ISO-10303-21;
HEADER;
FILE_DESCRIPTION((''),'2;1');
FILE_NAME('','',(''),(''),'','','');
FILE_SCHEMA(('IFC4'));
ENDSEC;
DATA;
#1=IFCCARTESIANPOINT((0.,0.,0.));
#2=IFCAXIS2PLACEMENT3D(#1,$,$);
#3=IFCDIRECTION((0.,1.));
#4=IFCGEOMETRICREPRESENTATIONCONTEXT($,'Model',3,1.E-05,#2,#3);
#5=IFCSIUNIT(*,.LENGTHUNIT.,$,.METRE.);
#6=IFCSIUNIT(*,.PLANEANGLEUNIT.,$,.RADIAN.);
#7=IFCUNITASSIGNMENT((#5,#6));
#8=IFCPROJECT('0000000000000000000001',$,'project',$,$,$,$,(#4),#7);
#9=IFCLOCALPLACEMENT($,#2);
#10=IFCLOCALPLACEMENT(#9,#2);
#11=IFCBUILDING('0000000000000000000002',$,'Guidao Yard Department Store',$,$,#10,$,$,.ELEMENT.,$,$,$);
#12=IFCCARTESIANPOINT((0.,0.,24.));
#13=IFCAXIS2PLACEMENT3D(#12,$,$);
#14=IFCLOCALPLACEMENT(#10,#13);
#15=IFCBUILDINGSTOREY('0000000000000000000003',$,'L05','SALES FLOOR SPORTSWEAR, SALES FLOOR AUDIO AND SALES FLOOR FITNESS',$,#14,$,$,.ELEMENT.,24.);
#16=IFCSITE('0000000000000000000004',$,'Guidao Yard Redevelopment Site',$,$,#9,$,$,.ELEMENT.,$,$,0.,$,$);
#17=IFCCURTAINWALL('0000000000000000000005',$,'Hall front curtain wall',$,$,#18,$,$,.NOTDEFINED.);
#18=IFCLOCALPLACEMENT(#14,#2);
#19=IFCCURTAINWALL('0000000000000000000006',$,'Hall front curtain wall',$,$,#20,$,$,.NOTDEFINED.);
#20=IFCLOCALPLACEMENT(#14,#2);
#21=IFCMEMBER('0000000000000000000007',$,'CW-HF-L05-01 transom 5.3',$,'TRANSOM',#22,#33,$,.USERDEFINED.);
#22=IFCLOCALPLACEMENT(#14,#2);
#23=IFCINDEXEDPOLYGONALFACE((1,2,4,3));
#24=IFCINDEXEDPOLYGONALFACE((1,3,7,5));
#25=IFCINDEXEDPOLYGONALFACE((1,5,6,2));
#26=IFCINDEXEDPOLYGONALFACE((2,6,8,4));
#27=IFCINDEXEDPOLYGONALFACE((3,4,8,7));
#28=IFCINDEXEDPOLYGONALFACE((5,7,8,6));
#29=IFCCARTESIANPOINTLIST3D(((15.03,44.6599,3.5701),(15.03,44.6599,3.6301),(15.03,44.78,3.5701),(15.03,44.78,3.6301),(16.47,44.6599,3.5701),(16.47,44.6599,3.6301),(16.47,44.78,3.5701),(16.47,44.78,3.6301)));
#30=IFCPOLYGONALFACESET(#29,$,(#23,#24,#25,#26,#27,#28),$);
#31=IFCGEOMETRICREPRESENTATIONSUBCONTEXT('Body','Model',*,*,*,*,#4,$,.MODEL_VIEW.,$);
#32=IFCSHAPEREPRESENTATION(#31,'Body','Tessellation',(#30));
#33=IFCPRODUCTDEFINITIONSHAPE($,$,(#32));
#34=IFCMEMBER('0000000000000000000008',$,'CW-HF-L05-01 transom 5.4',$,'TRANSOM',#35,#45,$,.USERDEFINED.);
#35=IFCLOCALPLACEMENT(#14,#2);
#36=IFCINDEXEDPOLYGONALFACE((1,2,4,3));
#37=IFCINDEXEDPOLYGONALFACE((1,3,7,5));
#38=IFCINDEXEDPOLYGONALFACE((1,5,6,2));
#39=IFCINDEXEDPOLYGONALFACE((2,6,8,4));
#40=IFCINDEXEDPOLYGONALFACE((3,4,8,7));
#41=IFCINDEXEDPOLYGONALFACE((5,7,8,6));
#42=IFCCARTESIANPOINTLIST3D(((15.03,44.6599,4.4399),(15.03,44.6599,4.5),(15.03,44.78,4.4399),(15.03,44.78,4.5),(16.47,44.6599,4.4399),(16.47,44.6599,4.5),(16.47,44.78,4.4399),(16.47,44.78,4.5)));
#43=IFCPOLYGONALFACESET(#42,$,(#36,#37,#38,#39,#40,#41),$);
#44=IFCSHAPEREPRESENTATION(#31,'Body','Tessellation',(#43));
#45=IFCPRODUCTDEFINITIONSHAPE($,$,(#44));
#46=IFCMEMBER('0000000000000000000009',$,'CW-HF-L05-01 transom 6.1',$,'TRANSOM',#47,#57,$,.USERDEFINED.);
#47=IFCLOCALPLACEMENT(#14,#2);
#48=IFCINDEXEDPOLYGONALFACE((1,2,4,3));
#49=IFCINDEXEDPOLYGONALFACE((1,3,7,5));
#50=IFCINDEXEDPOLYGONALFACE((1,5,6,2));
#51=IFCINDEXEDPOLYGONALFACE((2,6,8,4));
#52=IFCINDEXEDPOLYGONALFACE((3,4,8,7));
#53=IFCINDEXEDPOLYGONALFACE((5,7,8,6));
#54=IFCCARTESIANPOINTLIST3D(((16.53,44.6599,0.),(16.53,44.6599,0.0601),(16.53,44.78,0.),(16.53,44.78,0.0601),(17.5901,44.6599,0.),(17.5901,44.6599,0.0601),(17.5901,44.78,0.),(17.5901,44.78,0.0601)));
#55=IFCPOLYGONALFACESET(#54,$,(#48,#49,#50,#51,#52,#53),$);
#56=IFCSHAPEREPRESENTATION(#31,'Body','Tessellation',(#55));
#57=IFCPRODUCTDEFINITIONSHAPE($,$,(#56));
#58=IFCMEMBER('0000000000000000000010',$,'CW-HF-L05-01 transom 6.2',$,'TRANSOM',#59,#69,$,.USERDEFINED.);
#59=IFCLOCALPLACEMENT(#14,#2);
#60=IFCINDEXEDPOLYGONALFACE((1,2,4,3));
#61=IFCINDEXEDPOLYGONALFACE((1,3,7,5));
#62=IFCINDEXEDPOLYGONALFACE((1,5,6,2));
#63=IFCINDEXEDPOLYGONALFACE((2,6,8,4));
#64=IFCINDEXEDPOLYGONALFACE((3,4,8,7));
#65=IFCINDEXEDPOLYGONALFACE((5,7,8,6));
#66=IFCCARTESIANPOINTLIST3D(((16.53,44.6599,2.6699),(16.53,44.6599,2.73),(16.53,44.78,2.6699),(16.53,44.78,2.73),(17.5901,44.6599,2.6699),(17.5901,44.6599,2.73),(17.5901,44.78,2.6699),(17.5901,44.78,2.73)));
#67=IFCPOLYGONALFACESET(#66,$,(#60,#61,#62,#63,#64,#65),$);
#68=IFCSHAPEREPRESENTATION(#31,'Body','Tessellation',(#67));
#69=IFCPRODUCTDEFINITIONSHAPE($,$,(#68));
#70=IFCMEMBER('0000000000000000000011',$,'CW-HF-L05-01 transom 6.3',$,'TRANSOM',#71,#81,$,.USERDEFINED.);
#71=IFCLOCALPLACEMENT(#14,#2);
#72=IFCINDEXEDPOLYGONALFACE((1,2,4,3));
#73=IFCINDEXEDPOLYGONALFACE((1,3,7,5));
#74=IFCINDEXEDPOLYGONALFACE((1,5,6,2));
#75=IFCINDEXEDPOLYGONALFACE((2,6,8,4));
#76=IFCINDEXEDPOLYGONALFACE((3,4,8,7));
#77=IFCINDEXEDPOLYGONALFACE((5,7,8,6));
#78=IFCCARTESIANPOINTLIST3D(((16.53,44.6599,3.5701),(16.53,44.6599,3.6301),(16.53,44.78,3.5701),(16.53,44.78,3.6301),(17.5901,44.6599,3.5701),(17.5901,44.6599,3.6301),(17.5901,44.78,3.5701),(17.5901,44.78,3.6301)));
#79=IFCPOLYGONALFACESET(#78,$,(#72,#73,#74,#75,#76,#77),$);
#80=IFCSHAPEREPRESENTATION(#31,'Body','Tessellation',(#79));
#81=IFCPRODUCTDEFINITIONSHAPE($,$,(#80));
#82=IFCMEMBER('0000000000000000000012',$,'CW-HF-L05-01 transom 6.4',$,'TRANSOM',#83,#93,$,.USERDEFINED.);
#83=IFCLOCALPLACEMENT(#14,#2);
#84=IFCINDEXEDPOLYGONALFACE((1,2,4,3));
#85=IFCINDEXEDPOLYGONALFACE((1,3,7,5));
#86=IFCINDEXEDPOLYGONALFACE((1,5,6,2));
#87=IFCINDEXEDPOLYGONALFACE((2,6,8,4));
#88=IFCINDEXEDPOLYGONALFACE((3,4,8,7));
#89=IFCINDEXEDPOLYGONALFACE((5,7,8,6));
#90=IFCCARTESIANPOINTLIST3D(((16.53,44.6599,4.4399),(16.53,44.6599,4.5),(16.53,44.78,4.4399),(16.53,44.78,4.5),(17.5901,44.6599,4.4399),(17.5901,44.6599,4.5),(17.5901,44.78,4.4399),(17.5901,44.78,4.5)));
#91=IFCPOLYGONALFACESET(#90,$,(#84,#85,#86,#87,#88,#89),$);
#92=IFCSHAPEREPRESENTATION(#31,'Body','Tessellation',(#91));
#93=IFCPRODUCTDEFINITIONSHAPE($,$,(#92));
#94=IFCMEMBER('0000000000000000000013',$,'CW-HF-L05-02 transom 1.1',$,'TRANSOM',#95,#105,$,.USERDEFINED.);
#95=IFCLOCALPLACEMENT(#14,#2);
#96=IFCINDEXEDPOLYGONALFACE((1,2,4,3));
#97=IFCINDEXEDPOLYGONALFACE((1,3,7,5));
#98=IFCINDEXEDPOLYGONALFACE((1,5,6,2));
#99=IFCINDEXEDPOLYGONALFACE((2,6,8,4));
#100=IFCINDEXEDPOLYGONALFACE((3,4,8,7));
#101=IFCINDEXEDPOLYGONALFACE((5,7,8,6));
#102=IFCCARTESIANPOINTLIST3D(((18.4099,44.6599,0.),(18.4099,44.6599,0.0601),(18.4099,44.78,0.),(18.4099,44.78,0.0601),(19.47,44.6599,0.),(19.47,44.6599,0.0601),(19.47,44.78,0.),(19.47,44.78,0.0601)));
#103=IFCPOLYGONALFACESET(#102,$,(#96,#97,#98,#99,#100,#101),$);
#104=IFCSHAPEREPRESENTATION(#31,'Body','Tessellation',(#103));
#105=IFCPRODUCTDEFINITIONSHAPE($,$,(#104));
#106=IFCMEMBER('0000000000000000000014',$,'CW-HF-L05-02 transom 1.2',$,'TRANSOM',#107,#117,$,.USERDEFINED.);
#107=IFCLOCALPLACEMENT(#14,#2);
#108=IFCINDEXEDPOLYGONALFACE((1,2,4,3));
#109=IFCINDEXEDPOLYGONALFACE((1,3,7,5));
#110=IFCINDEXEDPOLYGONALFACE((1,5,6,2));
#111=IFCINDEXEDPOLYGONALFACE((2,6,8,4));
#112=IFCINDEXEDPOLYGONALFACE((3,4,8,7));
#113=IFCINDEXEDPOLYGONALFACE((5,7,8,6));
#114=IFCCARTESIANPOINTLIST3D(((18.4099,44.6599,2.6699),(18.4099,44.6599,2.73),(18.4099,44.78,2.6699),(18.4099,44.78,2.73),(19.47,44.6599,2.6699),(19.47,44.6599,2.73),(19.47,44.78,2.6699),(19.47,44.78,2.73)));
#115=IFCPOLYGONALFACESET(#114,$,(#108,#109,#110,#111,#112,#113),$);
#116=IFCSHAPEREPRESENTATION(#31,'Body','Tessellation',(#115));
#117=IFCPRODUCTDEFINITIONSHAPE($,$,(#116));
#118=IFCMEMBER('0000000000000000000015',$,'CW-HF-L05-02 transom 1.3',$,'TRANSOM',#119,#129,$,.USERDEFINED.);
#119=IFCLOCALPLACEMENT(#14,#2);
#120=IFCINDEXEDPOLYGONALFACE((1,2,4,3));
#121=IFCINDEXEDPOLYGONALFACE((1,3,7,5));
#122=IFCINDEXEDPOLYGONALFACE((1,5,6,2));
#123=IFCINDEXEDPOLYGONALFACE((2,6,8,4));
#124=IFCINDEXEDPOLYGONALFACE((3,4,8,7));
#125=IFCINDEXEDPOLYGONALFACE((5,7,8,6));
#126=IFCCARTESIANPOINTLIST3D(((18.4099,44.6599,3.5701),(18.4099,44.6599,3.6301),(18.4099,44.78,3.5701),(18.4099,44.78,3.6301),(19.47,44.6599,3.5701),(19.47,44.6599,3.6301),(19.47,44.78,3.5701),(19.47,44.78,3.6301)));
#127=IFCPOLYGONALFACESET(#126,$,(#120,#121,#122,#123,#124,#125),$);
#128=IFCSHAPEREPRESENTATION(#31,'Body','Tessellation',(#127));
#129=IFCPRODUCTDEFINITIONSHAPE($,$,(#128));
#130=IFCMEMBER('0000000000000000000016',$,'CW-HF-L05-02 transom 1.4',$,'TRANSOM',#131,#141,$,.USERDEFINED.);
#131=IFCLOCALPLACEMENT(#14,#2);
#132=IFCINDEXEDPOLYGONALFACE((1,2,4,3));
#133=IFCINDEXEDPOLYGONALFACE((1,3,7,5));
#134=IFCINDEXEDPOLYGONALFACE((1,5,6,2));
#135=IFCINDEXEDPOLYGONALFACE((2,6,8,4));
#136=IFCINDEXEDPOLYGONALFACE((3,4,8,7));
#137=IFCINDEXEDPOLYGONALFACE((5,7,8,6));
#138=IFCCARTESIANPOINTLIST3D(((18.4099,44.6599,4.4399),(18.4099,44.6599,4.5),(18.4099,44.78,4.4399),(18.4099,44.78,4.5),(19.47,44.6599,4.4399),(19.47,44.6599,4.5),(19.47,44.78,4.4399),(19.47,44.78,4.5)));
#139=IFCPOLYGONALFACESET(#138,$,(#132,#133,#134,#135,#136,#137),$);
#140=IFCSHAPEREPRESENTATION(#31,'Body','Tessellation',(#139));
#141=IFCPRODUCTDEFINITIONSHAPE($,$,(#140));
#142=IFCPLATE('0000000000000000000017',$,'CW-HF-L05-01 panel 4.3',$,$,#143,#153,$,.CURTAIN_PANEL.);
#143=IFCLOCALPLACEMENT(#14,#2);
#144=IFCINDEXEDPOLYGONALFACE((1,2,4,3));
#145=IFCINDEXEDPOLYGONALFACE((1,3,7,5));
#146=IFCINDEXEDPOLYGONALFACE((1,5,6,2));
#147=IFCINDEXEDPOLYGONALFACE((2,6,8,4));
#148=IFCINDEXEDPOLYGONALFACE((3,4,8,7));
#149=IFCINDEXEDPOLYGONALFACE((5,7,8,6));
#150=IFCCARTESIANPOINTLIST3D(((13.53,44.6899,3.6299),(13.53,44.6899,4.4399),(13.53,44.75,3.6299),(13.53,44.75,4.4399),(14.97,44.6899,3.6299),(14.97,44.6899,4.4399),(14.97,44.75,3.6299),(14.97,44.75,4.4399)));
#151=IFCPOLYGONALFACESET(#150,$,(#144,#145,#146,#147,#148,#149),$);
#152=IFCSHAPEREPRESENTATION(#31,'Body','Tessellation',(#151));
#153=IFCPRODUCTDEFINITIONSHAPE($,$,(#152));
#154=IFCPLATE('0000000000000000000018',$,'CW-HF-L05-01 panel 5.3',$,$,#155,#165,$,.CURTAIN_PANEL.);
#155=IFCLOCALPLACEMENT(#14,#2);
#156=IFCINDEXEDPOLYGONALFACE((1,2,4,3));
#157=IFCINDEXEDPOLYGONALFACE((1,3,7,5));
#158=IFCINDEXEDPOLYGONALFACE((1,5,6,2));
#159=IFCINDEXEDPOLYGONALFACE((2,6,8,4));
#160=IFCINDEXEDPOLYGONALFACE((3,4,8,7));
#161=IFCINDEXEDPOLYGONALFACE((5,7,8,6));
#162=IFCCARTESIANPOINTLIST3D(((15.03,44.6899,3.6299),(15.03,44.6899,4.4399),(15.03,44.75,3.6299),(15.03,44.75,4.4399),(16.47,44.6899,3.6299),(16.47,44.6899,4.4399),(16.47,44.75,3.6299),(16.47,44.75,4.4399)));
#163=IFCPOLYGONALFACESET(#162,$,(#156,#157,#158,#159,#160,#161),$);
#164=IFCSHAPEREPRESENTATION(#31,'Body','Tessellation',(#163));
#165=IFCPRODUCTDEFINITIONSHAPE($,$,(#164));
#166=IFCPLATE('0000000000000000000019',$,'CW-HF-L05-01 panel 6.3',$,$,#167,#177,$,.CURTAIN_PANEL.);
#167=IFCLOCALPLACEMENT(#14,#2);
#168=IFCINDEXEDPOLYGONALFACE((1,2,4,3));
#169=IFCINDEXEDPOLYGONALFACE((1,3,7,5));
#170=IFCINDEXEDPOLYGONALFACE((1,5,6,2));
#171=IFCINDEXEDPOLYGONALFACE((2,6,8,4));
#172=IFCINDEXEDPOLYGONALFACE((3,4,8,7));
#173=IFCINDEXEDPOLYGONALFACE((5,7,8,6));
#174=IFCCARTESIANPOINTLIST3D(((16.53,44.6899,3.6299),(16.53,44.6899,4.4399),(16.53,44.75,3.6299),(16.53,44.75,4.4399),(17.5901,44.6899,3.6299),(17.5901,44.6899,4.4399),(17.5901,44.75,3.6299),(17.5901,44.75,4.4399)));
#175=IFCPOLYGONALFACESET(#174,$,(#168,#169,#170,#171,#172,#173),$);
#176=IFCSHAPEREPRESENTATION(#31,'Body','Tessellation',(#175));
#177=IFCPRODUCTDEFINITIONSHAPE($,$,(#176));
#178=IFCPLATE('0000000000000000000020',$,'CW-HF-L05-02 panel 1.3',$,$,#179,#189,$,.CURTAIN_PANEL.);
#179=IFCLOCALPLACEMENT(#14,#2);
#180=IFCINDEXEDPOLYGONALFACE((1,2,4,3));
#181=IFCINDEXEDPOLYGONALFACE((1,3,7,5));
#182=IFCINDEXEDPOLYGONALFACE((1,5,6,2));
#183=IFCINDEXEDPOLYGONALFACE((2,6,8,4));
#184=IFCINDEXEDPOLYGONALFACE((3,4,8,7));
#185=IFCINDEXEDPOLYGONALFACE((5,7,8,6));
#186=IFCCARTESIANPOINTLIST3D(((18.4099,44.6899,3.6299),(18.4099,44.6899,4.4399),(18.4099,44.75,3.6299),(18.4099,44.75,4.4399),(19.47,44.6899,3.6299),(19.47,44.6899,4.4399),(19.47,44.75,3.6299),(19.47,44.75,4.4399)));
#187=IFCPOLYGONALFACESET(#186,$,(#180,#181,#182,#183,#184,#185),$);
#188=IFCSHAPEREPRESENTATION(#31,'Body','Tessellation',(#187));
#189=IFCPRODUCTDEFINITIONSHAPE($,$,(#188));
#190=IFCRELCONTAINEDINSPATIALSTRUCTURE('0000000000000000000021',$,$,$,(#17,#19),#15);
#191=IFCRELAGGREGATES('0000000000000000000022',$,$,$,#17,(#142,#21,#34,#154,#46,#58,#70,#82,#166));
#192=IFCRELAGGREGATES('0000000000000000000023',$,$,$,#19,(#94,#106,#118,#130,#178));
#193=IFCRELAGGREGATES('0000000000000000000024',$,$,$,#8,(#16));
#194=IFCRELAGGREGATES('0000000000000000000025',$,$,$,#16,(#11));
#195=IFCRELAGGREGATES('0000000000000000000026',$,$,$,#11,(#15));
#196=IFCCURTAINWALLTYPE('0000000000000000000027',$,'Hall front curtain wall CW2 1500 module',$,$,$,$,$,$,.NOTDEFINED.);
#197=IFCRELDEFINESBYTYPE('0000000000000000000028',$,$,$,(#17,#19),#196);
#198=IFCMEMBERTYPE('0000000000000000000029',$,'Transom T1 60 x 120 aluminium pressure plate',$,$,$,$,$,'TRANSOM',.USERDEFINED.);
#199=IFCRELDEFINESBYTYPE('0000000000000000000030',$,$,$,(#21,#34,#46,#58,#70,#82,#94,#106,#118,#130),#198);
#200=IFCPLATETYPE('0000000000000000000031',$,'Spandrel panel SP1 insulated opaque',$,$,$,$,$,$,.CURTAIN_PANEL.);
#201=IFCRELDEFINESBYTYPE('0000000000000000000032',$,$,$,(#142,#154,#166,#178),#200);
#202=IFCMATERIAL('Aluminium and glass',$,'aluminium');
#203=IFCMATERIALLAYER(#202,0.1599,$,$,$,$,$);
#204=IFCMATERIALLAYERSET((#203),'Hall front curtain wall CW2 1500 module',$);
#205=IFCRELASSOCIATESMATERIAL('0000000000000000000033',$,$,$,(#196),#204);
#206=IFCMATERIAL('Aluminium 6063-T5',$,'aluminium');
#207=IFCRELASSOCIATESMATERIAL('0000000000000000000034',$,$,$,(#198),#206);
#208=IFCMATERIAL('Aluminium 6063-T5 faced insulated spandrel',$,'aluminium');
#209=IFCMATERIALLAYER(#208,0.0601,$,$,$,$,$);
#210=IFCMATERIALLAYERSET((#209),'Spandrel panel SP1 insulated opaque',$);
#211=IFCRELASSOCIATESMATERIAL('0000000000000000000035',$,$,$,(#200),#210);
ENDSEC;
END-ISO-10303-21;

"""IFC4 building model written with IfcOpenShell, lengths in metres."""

from ifc_helpers import new_model, si_unit, direction, frame, origin, origin_2d, place, context, subcontext, project, spatial, rectangle, extrude, material, layer, layer_set, material_profile, profile_set, type_object, element, aggregate, save


model = new_model("IFC4")

# Units and contexts
model_context = context("Model", 3, precision=1e-05, world=origin(), true_north=direction((0.0, 1.0)))
body_context = subcontext(model_context, "Body", "Model", "MODEL_VIEW")
ifc_project = project(units=[si_unit("LENGTHUNIT", "METRE"), si_unit("PLANEANGLEUNIT", "RADIAN")], contexts=[model_context])

# Site, building, storey
site_placement = place(None, origin())
site = spatial("IfcSite", under=ifc_project, at=site_placement, Name="Guidao Yard Redevelopment Site", CompositionType="ELEMENT", RefElevation=0.0)
building_placement = place(site_placement, origin())
building = spatial("IfcBuilding", under=site, at=building_placement, Name="Guidao Yard Department Store", CompositionType="ELEMENT")
storey_placement = place(building_placement, frame((0.0, 0.0, 24.0)))
storey = spatial("IfcBuildingStorey", under=building, at=storey_placement, Name="L05", Description="SALES FLOOR SPORTSWEAR, SALES FLOOR AUDIO AND SALES FLOOR FITNESS", CompositionType="ELEMENT", Elevation=24.0)

# Curtain walls
ifc_material_1 = material(Name="Aluminium and glass", Category="aluminium")
ifc_layer_1 = layer(ifc_material_1, 0.1599)
ifc_layer_set_1 = layer_set([ifc_layer_1], Name="Hall front curtain wall CW2 1500 module")
curtain_wall_type = type_object("IfcCurtainWallType", Name="Hall front curtain wall CW2 1500 module", PredefinedType="NOTDEFINED", material=ifc_layer_set_1)
curtain_wall_1_placement = place(storey_placement, origin())
curtain_wall_1 = element("IfcCurtainWall", 1, at=curtain_wall_1_placement, inside=storey, type_object=curtain_wall_type, Name="Hall front curtain wall", PredefinedType="NOTDEFINED")
curtain_wall_2_placement = place(storey_placement, origin())
curtain_wall_2 = element("IfcCurtainWall", 2, at=curtain_wall_2_placement, inside=storey, type_object=curtain_wall_type, Name="Hall front curtain wall", PredefinedType="NOTDEFINED")

# Members
ifc_material_2 = material(Name="Aluminium 6063-T5", Category="aluminium")
ifc_material_profile_1 = material_profile(ifc_material_2, rectangle(XDim=0.1201, YDim=0.0601, at=origin_2d()), Name="Transom T1 60 x 120 aluminium pressure plate")
ifc_profile_set_1 = profile_set([ifc_material_profile_1], Name="Aluminium 6063-T5")
member_type_1 = type_object("IfcMemberType", Name="Transom T1 60 x 120 aluminium pressure plate", ElementType="TRANSOM", PredefinedType="USERDEFINED", material=ifc_profile_set_1)
member_1_placement = place(storey_placement, frame((16.47, 44.72, 3.6001), z_axis=(-1.0, 0.0, 0.0), x_axis=(0.0, -1.0, 0.0)))
member_1 = element("IfcMember", 3, at=member_1_placement, type_object=member_type_1, Name="CW-HF-L05-01 transom 5.3", ObjectType="TRANSOM", PredefinedType="USERDEFINED", context=body_context, shape_type="SweptSolid", body=[
    extrude(rectangle(XDim=0.1201, YDim=0.0601, at=origin_2d()), origin(), (0.0, 0.0, 1.0), 1.4399),
])
member_2_placement = place(storey_placement, frame((16.47, 44.72, 4.47), z_axis=(-1.0, 0.0, 0.0), x_axis=(0.0, -1.0, 0.0)))
member_2 = element("IfcMember", 4, at=member_2_placement, type_object=member_type_1, Name="CW-HF-L05-01 transom 5.4", ObjectType="TRANSOM", PredefinedType="USERDEFINED", context=body_context, shape_type="SweptSolid", body=[
    extrude(rectangle(XDim=0.1201, YDim=0.0601, at=origin_2d()), origin(), (0.0, 0.0, 1.0), 1.4399),
])
member_3_placement = place(storey_placement, frame((17.5901, 44.72, 0.03), z_axis=(-1.0, 0.0, 0.0), x_axis=(0.0, -1.0, 0.0)))
member_3 = element("IfcMember", 5, at=member_3_placement, type_object=member_type_1, Name="CW-HF-L05-01 transom 6.1", ObjectType="TRANSOM", PredefinedType="USERDEFINED", context=body_context, shape_type="SweptSolid", body=[
    extrude(rectangle(XDim=0.1201, YDim=0.0601, at=origin_2d()), origin(), (0.0, 0.0, 1.0), 1.0601),
])
member_4_placement = place(storey_placement, frame((17.5901, 44.72, 2.7), z_axis=(-1.0, 0.0, 0.0), x_axis=(0.0, -1.0, 0.0)))
member_4 = element("IfcMember", 6, at=member_4_placement, type_object=member_type_1, Name="CW-HF-L05-01 transom 6.2", ObjectType="TRANSOM", PredefinedType="USERDEFINED", context=body_context, shape_type="SweptSolid", body=[
    extrude(rectangle(XDim=0.1201, YDim=0.0601, at=origin_2d()), origin(), (0.0, 0.0, 1.0), 1.0601),
])
member_5_placement = place(storey_placement, frame((17.5901, 44.72, 3.6001), z_axis=(-1.0, 0.0, 0.0), x_axis=(0.0, -1.0, 0.0)))
member_5 = element("IfcMember", 7, at=member_5_placement, type_object=member_type_1, Name="CW-HF-L05-01 transom 6.3", ObjectType="TRANSOM", PredefinedType="USERDEFINED", context=body_context, shape_type="SweptSolid", body=[
    extrude(rectangle(XDim=0.1201, YDim=0.0601, at=origin_2d()), origin(), (0.0, 0.0, 1.0), 1.0601),
])
member_6_placement = place(storey_placement, frame((17.5901, 44.72, 4.47), z_axis=(-1.0, 0.0, 0.0), x_axis=(0.0, -1.0, 0.0)))
member_6 = element("IfcMember", 8, at=member_6_placement, type_object=member_type_1, Name="CW-HF-L05-01 transom 6.4", ObjectType="TRANSOM", PredefinedType="USERDEFINED", context=body_context, shape_type="SweptSolid", body=[
    extrude(rectangle(XDim=0.1201, YDim=0.0601, at=origin_2d()), origin(), (0.0, 0.0, 1.0), 1.0601),
])
member_7_placement = place(storey_placement, frame((19.47, 44.72, 0.03), z_axis=(-1.0, 0.0, 0.0), x_axis=(0.0, -1.0, 0.0)))
member_7 = element("IfcMember", 9, at=member_7_placement, type_object=member_type_1, Name="CW-HF-L05-02 transom 1.1", ObjectType="TRANSOM", PredefinedType="USERDEFINED", context=body_context, shape_type="SweptSolid", body=[
    extrude(rectangle(XDim=0.1201, YDim=0.0601, at=origin_2d()), origin(), (0.0, 0.0, 1.0), 1.0601),
])
member_8_placement = place(storey_placement, frame((19.47, 44.72, 2.7), z_axis=(-1.0, 0.0, 0.0), x_axis=(0.0, -1.0, 0.0)))
member_8 = element("IfcMember", 10, at=member_8_placement, type_object=member_type_1, Name="CW-HF-L05-02 transom 1.2", ObjectType="TRANSOM", PredefinedType="USERDEFINED", context=body_context, shape_type="SweptSolid", body=[
    extrude(rectangle(XDim=0.1201, YDim=0.0601, at=origin_2d()), origin(), (0.0, 0.0, 1.0), 1.0601),
])
member_9_placement = place(storey_placement, frame((19.47, 44.72, 3.6001), z_axis=(-1.0, 0.0, 0.0), x_axis=(0.0, -1.0, 0.0)))
member_9 = element("IfcMember", 11, at=member_9_placement, type_object=member_type_1, Name="CW-HF-L05-02 transom 1.3", ObjectType="TRANSOM", PredefinedType="USERDEFINED", context=body_context, shape_type="SweptSolid", body=[
    extrude(rectangle(XDim=0.1201, YDim=0.0601, at=origin_2d()), origin(), (0.0, 0.0, 1.0), 1.0601),
])
member_10_placement = place(storey_placement, frame((19.47, 44.72, 4.47), z_axis=(-1.0, 0.0, 0.0), x_axis=(0.0, -1.0, 0.0)))
member_10 = element("IfcMember", 12, at=member_10_placement, type_object=member_type_1, Name="CW-HF-L05-02 transom 1.4", ObjectType="TRANSOM", PredefinedType="USERDEFINED", context=body_context, shape_type="SweptSolid", body=[
    extrude(rectangle(XDim=0.1201, YDim=0.0601, at=origin_2d()), origin(), (0.0, 0.0, 1.0), 1.0601),
])

# Plates
ifc_material_3 = material(Name="Aluminium 6063-T5 faced insulated spandrel", Category="aluminium")
ifc_layer_2 = layer(ifc_material_3, 0.0601)
ifc_layer_set_2 = layer_set([ifc_layer_2], Name="Spandrel panel SP1 insulated opaque")
plate_type_1 = type_object("IfcPlateType", Name="Spandrel panel SP1 insulated opaque", PredefinedType="CURTAIN_PANEL", material=ifc_layer_set_2)
plate_1_placement = place(storey_placement, frame((14.25, 44.72, 3.6299), z_axis=(0.0, 0.0, 1.0), x_axis=(-1.0, 0.0, 0.0)))
plate_1 = element("IfcPlate", 13, at=plate_1_placement, type_object=plate_type_1, Name="CW-HF-L05-01 panel 4.3", PredefinedType="CURTAIN_PANEL", context=body_context, shape_type="SweptSolid", body=[
    extrude(rectangle(XDim=1.4399, YDim=0.0601, at=origin_2d()), origin(), (0.0, 0.0, 1.0), 0.8101),
])
plate_2_placement = place(storey_placement, frame((15.75, 44.72, 3.6299), z_axis=(0.0, 0.0, 1.0), x_axis=(-1.0, 0.0, 0.0)))
plate_2 = element("IfcPlate", 14, at=plate_2_placement, type_object=plate_type_1, Name="CW-HF-L05-01 panel 5.3", PredefinedType="CURTAIN_PANEL", context=body_context, shape_type="SweptSolid", body=[
    extrude(rectangle(XDim=1.4399, YDim=0.0601, at=origin_2d()), origin(), (0.0, 0.0, 1.0), 0.8101),
])
plate_3_placement = place(storey_placement, frame((17.0601, 44.72, 3.6299), z_axis=(0.0, 0.0, 1.0), x_axis=(-1.0, 0.0, 0.0)))
plate_3 = element("IfcPlate", 15, at=plate_3_placement, type_object=plate_type_1, Name="CW-HF-L05-01 panel 6.3", PredefinedType="CURTAIN_PANEL", context=body_context, shape_type="SweptSolid", body=[
    extrude(rectangle(XDim=1.0601, YDim=0.0601, at=origin_2d()), origin(), (0.0, 0.0, 1.0), 0.8101),
])
plate_4_placement = place(storey_placement, frame((18.9399, 44.72, 3.6299), z_axis=(0.0, 0.0, 1.0), x_axis=(-1.0, 0.0, 0.0)))
plate_4 = element("IfcPlate", 16, at=plate_4_placement, type_object=plate_type_1, Name="CW-HF-L05-02 panel 1.3", PredefinedType="CURTAIN_PANEL", context=body_context, shape_type="SweptSolid", body=[
    extrude(rectangle(XDim=1.0601, YDim=0.0601, at=origin_2d()), origin(), (0.0, 0.0, 1.0), 0.8101),
])
aggregate(curtain_wall_1, [plate_1, member_1, member_2, plate_2, member_3, member_4, member_5, member_6, plate_3])
aggregate(curtain_wall_2, [member_7, member_8, member_9, member_10, plate_4])

save(model, "model.ifc")
